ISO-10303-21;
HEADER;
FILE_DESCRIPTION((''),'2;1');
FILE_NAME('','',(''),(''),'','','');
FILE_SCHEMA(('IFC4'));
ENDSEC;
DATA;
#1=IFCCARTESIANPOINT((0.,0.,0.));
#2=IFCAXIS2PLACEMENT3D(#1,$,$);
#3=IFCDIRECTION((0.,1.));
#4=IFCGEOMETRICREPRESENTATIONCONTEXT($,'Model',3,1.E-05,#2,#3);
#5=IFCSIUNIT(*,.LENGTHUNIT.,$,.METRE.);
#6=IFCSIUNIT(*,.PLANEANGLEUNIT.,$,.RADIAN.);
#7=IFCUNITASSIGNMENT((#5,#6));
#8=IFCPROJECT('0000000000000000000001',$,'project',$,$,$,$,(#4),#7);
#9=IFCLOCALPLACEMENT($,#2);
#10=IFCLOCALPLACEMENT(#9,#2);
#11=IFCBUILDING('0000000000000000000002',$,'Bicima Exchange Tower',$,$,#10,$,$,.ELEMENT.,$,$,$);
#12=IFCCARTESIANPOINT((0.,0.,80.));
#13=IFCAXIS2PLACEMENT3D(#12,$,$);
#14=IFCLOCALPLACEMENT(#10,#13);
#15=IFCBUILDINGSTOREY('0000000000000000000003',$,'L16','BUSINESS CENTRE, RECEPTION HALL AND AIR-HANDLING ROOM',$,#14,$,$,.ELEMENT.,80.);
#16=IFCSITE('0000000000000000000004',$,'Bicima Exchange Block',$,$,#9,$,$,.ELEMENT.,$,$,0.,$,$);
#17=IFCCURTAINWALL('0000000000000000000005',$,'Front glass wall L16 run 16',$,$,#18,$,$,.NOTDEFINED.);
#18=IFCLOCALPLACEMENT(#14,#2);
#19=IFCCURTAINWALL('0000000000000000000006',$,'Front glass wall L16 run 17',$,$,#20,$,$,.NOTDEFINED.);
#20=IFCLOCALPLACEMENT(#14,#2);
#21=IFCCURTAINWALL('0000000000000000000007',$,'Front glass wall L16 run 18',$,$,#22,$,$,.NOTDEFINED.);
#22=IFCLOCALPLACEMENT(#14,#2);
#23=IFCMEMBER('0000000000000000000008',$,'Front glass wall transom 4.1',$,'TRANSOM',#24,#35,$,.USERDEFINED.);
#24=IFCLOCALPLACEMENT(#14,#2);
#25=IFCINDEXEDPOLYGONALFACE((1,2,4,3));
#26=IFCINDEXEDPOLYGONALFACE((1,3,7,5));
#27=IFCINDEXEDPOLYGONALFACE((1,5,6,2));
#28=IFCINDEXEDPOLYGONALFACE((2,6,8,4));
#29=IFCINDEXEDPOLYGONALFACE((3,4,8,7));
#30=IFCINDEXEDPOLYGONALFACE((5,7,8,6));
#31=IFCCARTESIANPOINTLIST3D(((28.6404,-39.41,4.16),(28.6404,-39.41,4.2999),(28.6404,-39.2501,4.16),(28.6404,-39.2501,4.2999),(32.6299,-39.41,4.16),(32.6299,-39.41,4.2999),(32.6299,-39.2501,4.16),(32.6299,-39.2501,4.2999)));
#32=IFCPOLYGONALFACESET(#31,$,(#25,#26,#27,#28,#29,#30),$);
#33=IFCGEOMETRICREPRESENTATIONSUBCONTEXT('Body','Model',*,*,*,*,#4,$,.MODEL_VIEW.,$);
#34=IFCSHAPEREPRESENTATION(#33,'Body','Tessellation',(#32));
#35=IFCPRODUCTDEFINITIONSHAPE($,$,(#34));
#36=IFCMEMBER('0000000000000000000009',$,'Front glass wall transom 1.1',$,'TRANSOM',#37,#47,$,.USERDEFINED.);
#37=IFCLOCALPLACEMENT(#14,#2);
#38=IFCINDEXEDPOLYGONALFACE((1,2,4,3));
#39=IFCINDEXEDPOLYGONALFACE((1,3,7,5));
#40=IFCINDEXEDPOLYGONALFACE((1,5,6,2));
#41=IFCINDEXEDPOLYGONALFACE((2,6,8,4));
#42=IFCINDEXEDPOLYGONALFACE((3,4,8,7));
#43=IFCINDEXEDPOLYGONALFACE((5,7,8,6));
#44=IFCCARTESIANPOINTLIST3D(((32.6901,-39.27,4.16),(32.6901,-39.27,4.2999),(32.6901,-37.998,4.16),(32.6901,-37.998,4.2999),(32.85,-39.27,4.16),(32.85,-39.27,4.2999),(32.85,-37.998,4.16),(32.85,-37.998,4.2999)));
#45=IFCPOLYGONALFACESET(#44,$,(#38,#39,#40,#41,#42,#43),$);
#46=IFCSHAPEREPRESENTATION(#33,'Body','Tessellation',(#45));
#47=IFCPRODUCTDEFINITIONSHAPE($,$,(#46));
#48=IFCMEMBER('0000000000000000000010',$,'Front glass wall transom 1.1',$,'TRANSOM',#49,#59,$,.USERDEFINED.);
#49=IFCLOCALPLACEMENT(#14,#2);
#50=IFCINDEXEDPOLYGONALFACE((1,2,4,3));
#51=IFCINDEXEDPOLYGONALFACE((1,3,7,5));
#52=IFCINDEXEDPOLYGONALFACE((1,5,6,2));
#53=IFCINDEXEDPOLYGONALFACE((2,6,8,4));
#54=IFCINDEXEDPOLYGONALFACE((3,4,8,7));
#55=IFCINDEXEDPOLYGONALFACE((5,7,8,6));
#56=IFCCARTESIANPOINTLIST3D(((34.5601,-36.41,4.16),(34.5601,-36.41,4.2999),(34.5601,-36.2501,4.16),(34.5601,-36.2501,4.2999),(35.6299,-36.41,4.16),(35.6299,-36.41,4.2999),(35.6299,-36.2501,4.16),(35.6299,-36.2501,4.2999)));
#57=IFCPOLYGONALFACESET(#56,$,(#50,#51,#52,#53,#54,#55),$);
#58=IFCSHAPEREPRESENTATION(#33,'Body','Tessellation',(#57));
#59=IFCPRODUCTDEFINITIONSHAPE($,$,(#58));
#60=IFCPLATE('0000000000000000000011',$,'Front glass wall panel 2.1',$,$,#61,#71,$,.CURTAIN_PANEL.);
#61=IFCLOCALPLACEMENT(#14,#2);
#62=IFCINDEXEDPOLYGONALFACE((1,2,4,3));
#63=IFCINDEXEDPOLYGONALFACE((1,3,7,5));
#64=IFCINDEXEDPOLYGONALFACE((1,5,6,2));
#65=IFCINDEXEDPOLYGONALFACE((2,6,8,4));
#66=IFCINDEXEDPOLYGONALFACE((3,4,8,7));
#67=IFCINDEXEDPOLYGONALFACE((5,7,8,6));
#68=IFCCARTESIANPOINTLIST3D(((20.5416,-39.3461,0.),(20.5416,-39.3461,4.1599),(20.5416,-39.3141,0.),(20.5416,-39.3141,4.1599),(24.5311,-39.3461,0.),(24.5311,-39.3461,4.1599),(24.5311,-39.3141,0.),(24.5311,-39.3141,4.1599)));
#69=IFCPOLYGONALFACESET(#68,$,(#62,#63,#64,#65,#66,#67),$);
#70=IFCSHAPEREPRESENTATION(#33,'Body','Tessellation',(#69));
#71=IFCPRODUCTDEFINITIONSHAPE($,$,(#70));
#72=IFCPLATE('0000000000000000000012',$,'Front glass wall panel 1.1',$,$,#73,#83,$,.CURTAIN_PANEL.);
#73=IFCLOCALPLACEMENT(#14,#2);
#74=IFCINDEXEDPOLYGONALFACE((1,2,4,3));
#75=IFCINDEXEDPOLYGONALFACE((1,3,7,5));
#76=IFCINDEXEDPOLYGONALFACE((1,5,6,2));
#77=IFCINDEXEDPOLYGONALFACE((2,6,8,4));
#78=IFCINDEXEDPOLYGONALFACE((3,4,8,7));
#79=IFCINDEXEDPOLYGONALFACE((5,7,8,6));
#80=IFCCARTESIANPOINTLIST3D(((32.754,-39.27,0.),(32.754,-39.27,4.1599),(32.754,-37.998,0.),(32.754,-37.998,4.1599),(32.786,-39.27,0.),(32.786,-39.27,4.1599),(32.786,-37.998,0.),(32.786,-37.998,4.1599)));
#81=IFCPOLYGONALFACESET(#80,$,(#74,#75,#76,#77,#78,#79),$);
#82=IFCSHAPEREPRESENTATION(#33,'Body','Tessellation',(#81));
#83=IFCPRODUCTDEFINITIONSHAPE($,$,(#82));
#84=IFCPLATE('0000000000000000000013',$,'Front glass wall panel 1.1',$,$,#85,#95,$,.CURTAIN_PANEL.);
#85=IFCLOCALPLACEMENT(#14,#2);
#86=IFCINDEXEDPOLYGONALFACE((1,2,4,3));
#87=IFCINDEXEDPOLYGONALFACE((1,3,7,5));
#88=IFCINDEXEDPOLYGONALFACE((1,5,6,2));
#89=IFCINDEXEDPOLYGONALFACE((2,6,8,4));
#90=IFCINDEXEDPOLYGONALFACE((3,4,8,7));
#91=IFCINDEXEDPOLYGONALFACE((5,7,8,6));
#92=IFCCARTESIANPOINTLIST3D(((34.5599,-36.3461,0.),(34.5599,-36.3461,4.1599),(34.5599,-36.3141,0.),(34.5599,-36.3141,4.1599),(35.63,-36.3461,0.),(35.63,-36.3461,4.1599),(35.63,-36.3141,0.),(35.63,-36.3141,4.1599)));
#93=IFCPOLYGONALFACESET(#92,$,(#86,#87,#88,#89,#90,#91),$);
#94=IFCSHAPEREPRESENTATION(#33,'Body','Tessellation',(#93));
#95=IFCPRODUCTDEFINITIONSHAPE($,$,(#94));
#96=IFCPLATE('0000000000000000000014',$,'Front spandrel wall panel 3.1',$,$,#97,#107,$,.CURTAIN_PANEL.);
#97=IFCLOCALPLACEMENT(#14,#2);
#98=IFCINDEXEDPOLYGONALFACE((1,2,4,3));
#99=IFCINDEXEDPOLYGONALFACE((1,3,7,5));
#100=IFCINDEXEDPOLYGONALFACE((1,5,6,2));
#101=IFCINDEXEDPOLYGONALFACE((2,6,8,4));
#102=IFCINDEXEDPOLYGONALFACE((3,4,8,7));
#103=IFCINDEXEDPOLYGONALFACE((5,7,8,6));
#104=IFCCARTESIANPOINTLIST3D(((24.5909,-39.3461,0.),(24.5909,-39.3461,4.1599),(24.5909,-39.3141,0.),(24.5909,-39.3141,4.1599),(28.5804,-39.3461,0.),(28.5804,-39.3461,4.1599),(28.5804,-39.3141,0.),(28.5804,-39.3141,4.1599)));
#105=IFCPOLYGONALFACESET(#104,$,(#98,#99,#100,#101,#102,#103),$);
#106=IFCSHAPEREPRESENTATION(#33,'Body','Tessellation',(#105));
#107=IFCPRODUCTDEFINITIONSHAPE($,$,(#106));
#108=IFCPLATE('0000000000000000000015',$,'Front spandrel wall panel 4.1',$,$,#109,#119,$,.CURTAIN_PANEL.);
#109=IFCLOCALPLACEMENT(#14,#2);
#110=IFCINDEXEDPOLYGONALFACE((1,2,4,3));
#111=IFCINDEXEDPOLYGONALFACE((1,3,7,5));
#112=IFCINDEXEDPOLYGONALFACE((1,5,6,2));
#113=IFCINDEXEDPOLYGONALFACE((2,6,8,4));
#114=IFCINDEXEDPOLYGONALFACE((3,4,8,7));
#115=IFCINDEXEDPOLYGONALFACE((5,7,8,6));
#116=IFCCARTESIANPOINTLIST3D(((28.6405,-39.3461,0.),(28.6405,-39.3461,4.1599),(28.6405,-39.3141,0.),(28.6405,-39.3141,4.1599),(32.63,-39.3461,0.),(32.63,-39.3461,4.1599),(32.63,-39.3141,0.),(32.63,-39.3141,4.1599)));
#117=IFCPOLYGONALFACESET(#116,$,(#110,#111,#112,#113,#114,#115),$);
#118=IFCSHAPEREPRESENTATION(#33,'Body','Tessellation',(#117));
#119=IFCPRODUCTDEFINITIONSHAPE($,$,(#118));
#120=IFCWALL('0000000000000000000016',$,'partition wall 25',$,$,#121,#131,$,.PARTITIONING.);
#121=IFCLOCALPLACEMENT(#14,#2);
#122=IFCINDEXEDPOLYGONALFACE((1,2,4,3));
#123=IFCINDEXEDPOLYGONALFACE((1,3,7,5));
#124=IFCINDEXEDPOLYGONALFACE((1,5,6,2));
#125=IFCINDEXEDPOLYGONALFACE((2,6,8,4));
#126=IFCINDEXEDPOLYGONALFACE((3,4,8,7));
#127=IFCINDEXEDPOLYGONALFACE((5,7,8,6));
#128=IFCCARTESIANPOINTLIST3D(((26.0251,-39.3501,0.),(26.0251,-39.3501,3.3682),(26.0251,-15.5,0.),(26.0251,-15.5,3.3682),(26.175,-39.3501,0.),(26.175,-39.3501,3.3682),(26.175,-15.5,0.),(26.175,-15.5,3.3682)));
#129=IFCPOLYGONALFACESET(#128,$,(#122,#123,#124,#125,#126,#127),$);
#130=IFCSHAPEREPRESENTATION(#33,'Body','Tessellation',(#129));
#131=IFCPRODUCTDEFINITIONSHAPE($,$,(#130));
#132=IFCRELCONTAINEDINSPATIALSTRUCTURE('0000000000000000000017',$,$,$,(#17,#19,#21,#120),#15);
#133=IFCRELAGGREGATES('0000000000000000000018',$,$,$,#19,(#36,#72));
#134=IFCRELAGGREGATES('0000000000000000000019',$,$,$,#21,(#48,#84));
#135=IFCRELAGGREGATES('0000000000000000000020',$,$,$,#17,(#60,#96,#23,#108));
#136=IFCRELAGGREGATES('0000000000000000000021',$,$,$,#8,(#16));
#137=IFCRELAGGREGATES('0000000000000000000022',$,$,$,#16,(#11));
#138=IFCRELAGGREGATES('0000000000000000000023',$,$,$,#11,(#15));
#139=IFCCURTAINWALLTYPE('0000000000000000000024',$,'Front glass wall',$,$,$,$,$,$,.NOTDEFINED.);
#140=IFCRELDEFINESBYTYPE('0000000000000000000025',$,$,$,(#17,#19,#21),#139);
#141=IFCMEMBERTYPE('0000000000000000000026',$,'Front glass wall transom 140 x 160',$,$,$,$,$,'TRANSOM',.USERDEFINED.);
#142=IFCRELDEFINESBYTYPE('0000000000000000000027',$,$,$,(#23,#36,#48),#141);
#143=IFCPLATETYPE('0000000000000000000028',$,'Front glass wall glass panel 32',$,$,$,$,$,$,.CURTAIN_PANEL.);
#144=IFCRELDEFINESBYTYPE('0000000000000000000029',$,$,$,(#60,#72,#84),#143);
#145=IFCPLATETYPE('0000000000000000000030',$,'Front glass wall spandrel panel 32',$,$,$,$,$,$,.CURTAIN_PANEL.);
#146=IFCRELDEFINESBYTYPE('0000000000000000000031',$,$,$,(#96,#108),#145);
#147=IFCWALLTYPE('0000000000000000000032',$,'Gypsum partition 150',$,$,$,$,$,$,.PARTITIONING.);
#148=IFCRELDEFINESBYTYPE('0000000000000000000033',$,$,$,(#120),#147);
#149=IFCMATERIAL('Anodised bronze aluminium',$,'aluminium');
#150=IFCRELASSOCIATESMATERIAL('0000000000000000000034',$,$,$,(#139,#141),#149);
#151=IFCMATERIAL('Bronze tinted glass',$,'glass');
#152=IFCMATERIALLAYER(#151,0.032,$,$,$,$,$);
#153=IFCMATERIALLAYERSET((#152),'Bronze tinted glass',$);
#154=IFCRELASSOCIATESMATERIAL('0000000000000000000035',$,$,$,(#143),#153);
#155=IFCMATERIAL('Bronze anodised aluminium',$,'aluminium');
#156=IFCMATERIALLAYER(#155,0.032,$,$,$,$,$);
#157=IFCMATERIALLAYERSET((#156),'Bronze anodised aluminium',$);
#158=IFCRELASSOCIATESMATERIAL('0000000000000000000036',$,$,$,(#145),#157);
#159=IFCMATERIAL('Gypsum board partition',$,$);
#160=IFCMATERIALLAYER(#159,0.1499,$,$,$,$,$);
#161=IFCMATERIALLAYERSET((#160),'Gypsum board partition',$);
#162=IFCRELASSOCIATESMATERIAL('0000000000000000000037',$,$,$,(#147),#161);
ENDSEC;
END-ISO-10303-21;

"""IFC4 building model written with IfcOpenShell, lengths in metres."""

from ifc_helpers import new_model, si_unit, direction, frame, frame_2d, origin, origin_2d, place, context, subcontext, project, spatial, rectangle, extrude, material, layer, layer_set, material_profile, profile_set, type_object, element, aggregate, save


model = new_model("IFC4")

# Units and contexts
model_context = context("Model", 3, precision=1e-05, world=origin(), true_north=direction((0.0, 1.0)))
body_context = subcontext(model_context, "Body", "Model", "MODEL_VIEW")
ifc_project = project(units=[si_unit("LENGTHUNIT", "METRE"), si_unit("PLANEANGLEUNIT", "RADIAN")], contexts=[model_context])

# Site, building, storey
site_placement = place(None, origin())
site = spatial("IfcSite", under=ifc_project, at=site_placement, Name="Bicima Exchange Block", CompositionType="ELEMENT", RefElevation=0.0)
building_placement = place(site_placement, origin())
building = spatial("IfcBuilding", under=site, at=building_placement, Name="Bicima Exchange Tower", CompositionType="ELEMENT")
storey_placement = place(building_placement, frame((0.0, 0.0, 80.0)))
storey = spatial("IfcBuildingStorey", under=building, at=storey_placement, Name="L16", Description="BUSINESS CENTRE, RECEPTION HALL AND AIR-HANDLING ROOM", CompositionType="ELEMENT", Elevation=80.0)

# Curtain walls
ifc_material_1 = material(Name="Anodised bronze aluminium", Category="aluminium")
curtain_wall_type = type_object("IfcCurtainWallType", Name="Front glass wall", PredefinedType="NOTDEFINED", material=ifc_material_1)
curtain_wall_1_placement = place(storey_placement, origin())
curtain_wall_1 = element("IfcCurtainWall", 1, at=curtain_wall_1_placement, inside=storey, type_object=curtain_wall_type, Name="Front glass wall L16 run 16", PredefinedType="NOTDEFINED")
curtain_wall_2_placement = place(storey_placement, origin())
curtain_wall_2 = element("IfcCurtainWall", 2, at=curtain_wall_2_placement, inside=storey, type_object=curtain_wall_type, Name="Front glass wall L16 run 17", PredefinedType="NOTDEFINED")
curtain_wall_3_placement = place(storey_placement, origin())
curtain_wall_3 = element("IfcCurtainWall", 3, at=curtain_wall_3_placement, inside=storey, type_object=curtain_wall_type, Name="Front glass wall L16 run 18", PredefinedType="NOTDEFINED")

# Members
ifc_material_profile_1 = material_profile(ifc_material_1, rectangle(XDim=0.1599, YDim=0.1399, at=origin_2d()))
ifc_profile_set_1 = profile_set([ifc_material_profile_1], Name="Anodised bronze aluminium")
member_type_1 = type_object("IfcMemberType", Name="Front glass wall transom 140 x 160", ElementType="TRANSOM", PredefinedType="USERDEFINED", material=ifc_profile_set_1)
member_1_placement = place(storey_placement, frame((28.6404, -39.3301, 4.23), z_axis=(1.0, 0.0, 0.0), x_axis=(0.0, 1.0, 0.0)))
member_1 = element("IfcMember", 4, at=member_1_placement, type_object=member_type_1, Name="Front glass wall transom 4.1", ObjectType="TRANSOM", PredefinedType="USERDEFINED", context=body_context, shape_type="SweptSolid", body=[
    extrude(rectangle(XDim=0.1599, YDim=0.1399, at=origin_2d()), origin(), (0.0, 0.0, 1.0), 3.9895),
])
member_2_placement = place(storey_placement, frame((32.77, -39.27, 4.23), z_axis=(0.0, 1.0, 0.0), x_axis=(-1.0, 0.0, 0.0)))
member_2 = element("IfcMember", 5, at=member_2_placement, type_object=member_type_1, Name="Front glass wall transom 1.1", ObjectType="TRANSOM", PredefinedType="USERDEFINED", context=body_context, shape_type="SweptSolid", body=[
    extrude(rectangle(XDim=0.1599, YDim=0.1399, at=origin_2d()), origin(), (0.0, 0.0, 1.0), 1.272),
])
member_3_placement = place(storey_placement, frame((34.5601, -36.3301, 4.23), z_axis=(1.0, 0.0, 0.0), x_axis=(0.0, 1.0, 0.0)))
member_3 = element("IfcMember", 6, at=member_3_placement, type_object=member_type_1, Name="Front glass wall transom 1.1", ObjectType="TRANSOM", PredefinedType="USERDEFINED", context=body_context, shape_type="SweptSolid", body=[
    extrude(rectangle(XDim=0.1599, YDim=0.1399, at=origin_2d()), origin(), (0.0, 0.0, 1.0), 1.0698),
])

# Plates
ifc_material_2 = material(Name="Bronze tinted glass", Category="glass")
ifc_layer_1 = layer(ifc_material_2, 0.032)
ifc_layer_set_1 = layer_set([ifc_layer_1], Name="Bronze tinted glass")
plate_type_1 = type_object("IfcPlateType", Name="Front glass wall glass panel 32", PredefinedType="CURTAIN_PANEL", material=ifc_layer_set_1)
plate_1_placement = place(storey_placement, frame((22.5364, -39.3301, 0.0), z_axis=(0.0, 0.0, 1.0), x_axis=(1.0, 0.0, 0.0)))
plate_1 = element("IfcPlate", 7, at=plate_1_placement, type_object=plate_type_1, Name="Front glass wall panel 2.1", PredefinedType="CURTAIN_PANEL", context=body_context, shape_type="SweptSolid", body=[
    extrude(rectangle(XDim=3.9895, YDim=0.032, at=origin_2d()), origin(), (0.0, 0.0, 1.0), 4.1599),
])
plate_2_placement = place(storey_placement, frame((32.77, -38.634, 0.0), z_axis=(0.0, 0.0, 1.0), x_axis=(0.0, 1.0, 0.0)))
plate_2 = element("IfcPlate", 8, at=plate_2_placement, type_object=plate_type_1, Name="Front glass wall panel 1.1", PredefinedType="CURTAIN_PANEL", context=body_context, shape_type="SweptSolid", body=[
    extrude(rectangle(XDim=1.272, YDim=0.032, at=origin_2d()), origin(), (0.0, 0.0, 1.0), 4.1599),
])
aggregate(curtain_wall_2, [member_2, plate_2])
plate_3_placement = place(storey_placement, frame((35.095, -36.3301, 0.0), z_axis=(0.0, 0.0, 1.0), x_axis=(1.0, 0.0, 0.0)))
plate_3 = element("IfcPlate", 9, at=plate_3_placement, type_object=plate_type_1, Name="Front glass wall panel 1.1", PredefinedType="CURTAIN_PANEL", context=body_context, shape_type="SweptSolid", body=[
    extrude(rectangle(XDim=1.0701, YDim=0.032, at=origin_2d()), origin(), (0.0, 0.0, 1.0), 4.1599),
])
aggregate(curtain_wall_3, [member_3, plate_3])
ifc_material_3 = material(Name="Bronze anodised aluminium", Category="aluminium")
ifc_layer_2 = layer(ifc_material_3, 0.032)
ifc_layer_set_2 = layer_set([ifc_layer_2], Name="Bronze anodised aluminium")
plate_type_2 = type_object("IfcPlateType", Name="Front glass wall spandrel panel 32", PredefinedType="CURTAIN_PANEL", material=ifc_layer_set_2)
plate_4_placement = place(storey_placement, frame((26.5857, -39.3301, 0.0), z_axis=(0.0, 0.0, 1.0), x_axis=(1.0, 0.0, 0.0)))
plate_4 = element("IfcPlate", 10, at=plate_4_placement, type_object=plate_type_2, Name="Front spandrel wall panel 3.1", PredefinedType="CURTAIN_PANEL", context=body_context, shape_type="SweptSolid", body=[
    extrude(rectangle(XDim=3.9895, YDim=0.032, at=origin_2d()), origin(), (0.0, 0.0, 1.0), 4.1599),
])
plate_5_placement = place(storey_placement, frame((30.6353, -39.3301, 0.0), z_axis=(0.0, 0.0, 1.0), x_axis=(1.0, 0.0, 0.0)))
plate_5 = element("IfcPlate", 11, at=plate_5_placement, type_object=plate_type_2, Name="Front spandrel wall panel 4.1", PredefinedType="CURTAIN_PANEL", context=body_context, shape_type="SweptSolid", body=[
    extrude(rectangle(XDim=3.9895, YDim=0.032, at=origin_2d()), origin(), (0.0, 0.0, 1.0), 4.1599),
])
aggregate(curtain_wall_1, [plate_1, plate_4, member_1, plate_5])

# Wall
ifc_material_4 = material(Name="Gypsum board partition")
ifc_layer_3 = layer(ifc_material_4, 0.1499)
ifc_layer_set_3 = layer_set([ifc_layer_3], Name="Gypsum board partition")
wall_type = type_object("IfcWallType", Name="Gypsum partition 150", PredefinedType="PARTITIONING", material=ifc_layer_set_3)
wall_placement = place(storey_placement, frame((26.1001, -39.3501, 0.0), z_axis=(0.0, 0.0, 1.0), x_axis=(0.0, 1.0, 0.0)))
element("IfcWall", 12, at=wall_placement, inside=storey, type_object=wall_type, Name="partition wall 25", PredefinedType="PARTITIONING", context=body_context, shape_type="SweptSolid", body=[
    extrude(rectangle(XDim=23.8501, YDim=0.1499, at=frame_2d((11.925, 0.0))), origin(), (0.0, 0.0, 1.0), 3.3682),
])

save(model, "model.ifc")
